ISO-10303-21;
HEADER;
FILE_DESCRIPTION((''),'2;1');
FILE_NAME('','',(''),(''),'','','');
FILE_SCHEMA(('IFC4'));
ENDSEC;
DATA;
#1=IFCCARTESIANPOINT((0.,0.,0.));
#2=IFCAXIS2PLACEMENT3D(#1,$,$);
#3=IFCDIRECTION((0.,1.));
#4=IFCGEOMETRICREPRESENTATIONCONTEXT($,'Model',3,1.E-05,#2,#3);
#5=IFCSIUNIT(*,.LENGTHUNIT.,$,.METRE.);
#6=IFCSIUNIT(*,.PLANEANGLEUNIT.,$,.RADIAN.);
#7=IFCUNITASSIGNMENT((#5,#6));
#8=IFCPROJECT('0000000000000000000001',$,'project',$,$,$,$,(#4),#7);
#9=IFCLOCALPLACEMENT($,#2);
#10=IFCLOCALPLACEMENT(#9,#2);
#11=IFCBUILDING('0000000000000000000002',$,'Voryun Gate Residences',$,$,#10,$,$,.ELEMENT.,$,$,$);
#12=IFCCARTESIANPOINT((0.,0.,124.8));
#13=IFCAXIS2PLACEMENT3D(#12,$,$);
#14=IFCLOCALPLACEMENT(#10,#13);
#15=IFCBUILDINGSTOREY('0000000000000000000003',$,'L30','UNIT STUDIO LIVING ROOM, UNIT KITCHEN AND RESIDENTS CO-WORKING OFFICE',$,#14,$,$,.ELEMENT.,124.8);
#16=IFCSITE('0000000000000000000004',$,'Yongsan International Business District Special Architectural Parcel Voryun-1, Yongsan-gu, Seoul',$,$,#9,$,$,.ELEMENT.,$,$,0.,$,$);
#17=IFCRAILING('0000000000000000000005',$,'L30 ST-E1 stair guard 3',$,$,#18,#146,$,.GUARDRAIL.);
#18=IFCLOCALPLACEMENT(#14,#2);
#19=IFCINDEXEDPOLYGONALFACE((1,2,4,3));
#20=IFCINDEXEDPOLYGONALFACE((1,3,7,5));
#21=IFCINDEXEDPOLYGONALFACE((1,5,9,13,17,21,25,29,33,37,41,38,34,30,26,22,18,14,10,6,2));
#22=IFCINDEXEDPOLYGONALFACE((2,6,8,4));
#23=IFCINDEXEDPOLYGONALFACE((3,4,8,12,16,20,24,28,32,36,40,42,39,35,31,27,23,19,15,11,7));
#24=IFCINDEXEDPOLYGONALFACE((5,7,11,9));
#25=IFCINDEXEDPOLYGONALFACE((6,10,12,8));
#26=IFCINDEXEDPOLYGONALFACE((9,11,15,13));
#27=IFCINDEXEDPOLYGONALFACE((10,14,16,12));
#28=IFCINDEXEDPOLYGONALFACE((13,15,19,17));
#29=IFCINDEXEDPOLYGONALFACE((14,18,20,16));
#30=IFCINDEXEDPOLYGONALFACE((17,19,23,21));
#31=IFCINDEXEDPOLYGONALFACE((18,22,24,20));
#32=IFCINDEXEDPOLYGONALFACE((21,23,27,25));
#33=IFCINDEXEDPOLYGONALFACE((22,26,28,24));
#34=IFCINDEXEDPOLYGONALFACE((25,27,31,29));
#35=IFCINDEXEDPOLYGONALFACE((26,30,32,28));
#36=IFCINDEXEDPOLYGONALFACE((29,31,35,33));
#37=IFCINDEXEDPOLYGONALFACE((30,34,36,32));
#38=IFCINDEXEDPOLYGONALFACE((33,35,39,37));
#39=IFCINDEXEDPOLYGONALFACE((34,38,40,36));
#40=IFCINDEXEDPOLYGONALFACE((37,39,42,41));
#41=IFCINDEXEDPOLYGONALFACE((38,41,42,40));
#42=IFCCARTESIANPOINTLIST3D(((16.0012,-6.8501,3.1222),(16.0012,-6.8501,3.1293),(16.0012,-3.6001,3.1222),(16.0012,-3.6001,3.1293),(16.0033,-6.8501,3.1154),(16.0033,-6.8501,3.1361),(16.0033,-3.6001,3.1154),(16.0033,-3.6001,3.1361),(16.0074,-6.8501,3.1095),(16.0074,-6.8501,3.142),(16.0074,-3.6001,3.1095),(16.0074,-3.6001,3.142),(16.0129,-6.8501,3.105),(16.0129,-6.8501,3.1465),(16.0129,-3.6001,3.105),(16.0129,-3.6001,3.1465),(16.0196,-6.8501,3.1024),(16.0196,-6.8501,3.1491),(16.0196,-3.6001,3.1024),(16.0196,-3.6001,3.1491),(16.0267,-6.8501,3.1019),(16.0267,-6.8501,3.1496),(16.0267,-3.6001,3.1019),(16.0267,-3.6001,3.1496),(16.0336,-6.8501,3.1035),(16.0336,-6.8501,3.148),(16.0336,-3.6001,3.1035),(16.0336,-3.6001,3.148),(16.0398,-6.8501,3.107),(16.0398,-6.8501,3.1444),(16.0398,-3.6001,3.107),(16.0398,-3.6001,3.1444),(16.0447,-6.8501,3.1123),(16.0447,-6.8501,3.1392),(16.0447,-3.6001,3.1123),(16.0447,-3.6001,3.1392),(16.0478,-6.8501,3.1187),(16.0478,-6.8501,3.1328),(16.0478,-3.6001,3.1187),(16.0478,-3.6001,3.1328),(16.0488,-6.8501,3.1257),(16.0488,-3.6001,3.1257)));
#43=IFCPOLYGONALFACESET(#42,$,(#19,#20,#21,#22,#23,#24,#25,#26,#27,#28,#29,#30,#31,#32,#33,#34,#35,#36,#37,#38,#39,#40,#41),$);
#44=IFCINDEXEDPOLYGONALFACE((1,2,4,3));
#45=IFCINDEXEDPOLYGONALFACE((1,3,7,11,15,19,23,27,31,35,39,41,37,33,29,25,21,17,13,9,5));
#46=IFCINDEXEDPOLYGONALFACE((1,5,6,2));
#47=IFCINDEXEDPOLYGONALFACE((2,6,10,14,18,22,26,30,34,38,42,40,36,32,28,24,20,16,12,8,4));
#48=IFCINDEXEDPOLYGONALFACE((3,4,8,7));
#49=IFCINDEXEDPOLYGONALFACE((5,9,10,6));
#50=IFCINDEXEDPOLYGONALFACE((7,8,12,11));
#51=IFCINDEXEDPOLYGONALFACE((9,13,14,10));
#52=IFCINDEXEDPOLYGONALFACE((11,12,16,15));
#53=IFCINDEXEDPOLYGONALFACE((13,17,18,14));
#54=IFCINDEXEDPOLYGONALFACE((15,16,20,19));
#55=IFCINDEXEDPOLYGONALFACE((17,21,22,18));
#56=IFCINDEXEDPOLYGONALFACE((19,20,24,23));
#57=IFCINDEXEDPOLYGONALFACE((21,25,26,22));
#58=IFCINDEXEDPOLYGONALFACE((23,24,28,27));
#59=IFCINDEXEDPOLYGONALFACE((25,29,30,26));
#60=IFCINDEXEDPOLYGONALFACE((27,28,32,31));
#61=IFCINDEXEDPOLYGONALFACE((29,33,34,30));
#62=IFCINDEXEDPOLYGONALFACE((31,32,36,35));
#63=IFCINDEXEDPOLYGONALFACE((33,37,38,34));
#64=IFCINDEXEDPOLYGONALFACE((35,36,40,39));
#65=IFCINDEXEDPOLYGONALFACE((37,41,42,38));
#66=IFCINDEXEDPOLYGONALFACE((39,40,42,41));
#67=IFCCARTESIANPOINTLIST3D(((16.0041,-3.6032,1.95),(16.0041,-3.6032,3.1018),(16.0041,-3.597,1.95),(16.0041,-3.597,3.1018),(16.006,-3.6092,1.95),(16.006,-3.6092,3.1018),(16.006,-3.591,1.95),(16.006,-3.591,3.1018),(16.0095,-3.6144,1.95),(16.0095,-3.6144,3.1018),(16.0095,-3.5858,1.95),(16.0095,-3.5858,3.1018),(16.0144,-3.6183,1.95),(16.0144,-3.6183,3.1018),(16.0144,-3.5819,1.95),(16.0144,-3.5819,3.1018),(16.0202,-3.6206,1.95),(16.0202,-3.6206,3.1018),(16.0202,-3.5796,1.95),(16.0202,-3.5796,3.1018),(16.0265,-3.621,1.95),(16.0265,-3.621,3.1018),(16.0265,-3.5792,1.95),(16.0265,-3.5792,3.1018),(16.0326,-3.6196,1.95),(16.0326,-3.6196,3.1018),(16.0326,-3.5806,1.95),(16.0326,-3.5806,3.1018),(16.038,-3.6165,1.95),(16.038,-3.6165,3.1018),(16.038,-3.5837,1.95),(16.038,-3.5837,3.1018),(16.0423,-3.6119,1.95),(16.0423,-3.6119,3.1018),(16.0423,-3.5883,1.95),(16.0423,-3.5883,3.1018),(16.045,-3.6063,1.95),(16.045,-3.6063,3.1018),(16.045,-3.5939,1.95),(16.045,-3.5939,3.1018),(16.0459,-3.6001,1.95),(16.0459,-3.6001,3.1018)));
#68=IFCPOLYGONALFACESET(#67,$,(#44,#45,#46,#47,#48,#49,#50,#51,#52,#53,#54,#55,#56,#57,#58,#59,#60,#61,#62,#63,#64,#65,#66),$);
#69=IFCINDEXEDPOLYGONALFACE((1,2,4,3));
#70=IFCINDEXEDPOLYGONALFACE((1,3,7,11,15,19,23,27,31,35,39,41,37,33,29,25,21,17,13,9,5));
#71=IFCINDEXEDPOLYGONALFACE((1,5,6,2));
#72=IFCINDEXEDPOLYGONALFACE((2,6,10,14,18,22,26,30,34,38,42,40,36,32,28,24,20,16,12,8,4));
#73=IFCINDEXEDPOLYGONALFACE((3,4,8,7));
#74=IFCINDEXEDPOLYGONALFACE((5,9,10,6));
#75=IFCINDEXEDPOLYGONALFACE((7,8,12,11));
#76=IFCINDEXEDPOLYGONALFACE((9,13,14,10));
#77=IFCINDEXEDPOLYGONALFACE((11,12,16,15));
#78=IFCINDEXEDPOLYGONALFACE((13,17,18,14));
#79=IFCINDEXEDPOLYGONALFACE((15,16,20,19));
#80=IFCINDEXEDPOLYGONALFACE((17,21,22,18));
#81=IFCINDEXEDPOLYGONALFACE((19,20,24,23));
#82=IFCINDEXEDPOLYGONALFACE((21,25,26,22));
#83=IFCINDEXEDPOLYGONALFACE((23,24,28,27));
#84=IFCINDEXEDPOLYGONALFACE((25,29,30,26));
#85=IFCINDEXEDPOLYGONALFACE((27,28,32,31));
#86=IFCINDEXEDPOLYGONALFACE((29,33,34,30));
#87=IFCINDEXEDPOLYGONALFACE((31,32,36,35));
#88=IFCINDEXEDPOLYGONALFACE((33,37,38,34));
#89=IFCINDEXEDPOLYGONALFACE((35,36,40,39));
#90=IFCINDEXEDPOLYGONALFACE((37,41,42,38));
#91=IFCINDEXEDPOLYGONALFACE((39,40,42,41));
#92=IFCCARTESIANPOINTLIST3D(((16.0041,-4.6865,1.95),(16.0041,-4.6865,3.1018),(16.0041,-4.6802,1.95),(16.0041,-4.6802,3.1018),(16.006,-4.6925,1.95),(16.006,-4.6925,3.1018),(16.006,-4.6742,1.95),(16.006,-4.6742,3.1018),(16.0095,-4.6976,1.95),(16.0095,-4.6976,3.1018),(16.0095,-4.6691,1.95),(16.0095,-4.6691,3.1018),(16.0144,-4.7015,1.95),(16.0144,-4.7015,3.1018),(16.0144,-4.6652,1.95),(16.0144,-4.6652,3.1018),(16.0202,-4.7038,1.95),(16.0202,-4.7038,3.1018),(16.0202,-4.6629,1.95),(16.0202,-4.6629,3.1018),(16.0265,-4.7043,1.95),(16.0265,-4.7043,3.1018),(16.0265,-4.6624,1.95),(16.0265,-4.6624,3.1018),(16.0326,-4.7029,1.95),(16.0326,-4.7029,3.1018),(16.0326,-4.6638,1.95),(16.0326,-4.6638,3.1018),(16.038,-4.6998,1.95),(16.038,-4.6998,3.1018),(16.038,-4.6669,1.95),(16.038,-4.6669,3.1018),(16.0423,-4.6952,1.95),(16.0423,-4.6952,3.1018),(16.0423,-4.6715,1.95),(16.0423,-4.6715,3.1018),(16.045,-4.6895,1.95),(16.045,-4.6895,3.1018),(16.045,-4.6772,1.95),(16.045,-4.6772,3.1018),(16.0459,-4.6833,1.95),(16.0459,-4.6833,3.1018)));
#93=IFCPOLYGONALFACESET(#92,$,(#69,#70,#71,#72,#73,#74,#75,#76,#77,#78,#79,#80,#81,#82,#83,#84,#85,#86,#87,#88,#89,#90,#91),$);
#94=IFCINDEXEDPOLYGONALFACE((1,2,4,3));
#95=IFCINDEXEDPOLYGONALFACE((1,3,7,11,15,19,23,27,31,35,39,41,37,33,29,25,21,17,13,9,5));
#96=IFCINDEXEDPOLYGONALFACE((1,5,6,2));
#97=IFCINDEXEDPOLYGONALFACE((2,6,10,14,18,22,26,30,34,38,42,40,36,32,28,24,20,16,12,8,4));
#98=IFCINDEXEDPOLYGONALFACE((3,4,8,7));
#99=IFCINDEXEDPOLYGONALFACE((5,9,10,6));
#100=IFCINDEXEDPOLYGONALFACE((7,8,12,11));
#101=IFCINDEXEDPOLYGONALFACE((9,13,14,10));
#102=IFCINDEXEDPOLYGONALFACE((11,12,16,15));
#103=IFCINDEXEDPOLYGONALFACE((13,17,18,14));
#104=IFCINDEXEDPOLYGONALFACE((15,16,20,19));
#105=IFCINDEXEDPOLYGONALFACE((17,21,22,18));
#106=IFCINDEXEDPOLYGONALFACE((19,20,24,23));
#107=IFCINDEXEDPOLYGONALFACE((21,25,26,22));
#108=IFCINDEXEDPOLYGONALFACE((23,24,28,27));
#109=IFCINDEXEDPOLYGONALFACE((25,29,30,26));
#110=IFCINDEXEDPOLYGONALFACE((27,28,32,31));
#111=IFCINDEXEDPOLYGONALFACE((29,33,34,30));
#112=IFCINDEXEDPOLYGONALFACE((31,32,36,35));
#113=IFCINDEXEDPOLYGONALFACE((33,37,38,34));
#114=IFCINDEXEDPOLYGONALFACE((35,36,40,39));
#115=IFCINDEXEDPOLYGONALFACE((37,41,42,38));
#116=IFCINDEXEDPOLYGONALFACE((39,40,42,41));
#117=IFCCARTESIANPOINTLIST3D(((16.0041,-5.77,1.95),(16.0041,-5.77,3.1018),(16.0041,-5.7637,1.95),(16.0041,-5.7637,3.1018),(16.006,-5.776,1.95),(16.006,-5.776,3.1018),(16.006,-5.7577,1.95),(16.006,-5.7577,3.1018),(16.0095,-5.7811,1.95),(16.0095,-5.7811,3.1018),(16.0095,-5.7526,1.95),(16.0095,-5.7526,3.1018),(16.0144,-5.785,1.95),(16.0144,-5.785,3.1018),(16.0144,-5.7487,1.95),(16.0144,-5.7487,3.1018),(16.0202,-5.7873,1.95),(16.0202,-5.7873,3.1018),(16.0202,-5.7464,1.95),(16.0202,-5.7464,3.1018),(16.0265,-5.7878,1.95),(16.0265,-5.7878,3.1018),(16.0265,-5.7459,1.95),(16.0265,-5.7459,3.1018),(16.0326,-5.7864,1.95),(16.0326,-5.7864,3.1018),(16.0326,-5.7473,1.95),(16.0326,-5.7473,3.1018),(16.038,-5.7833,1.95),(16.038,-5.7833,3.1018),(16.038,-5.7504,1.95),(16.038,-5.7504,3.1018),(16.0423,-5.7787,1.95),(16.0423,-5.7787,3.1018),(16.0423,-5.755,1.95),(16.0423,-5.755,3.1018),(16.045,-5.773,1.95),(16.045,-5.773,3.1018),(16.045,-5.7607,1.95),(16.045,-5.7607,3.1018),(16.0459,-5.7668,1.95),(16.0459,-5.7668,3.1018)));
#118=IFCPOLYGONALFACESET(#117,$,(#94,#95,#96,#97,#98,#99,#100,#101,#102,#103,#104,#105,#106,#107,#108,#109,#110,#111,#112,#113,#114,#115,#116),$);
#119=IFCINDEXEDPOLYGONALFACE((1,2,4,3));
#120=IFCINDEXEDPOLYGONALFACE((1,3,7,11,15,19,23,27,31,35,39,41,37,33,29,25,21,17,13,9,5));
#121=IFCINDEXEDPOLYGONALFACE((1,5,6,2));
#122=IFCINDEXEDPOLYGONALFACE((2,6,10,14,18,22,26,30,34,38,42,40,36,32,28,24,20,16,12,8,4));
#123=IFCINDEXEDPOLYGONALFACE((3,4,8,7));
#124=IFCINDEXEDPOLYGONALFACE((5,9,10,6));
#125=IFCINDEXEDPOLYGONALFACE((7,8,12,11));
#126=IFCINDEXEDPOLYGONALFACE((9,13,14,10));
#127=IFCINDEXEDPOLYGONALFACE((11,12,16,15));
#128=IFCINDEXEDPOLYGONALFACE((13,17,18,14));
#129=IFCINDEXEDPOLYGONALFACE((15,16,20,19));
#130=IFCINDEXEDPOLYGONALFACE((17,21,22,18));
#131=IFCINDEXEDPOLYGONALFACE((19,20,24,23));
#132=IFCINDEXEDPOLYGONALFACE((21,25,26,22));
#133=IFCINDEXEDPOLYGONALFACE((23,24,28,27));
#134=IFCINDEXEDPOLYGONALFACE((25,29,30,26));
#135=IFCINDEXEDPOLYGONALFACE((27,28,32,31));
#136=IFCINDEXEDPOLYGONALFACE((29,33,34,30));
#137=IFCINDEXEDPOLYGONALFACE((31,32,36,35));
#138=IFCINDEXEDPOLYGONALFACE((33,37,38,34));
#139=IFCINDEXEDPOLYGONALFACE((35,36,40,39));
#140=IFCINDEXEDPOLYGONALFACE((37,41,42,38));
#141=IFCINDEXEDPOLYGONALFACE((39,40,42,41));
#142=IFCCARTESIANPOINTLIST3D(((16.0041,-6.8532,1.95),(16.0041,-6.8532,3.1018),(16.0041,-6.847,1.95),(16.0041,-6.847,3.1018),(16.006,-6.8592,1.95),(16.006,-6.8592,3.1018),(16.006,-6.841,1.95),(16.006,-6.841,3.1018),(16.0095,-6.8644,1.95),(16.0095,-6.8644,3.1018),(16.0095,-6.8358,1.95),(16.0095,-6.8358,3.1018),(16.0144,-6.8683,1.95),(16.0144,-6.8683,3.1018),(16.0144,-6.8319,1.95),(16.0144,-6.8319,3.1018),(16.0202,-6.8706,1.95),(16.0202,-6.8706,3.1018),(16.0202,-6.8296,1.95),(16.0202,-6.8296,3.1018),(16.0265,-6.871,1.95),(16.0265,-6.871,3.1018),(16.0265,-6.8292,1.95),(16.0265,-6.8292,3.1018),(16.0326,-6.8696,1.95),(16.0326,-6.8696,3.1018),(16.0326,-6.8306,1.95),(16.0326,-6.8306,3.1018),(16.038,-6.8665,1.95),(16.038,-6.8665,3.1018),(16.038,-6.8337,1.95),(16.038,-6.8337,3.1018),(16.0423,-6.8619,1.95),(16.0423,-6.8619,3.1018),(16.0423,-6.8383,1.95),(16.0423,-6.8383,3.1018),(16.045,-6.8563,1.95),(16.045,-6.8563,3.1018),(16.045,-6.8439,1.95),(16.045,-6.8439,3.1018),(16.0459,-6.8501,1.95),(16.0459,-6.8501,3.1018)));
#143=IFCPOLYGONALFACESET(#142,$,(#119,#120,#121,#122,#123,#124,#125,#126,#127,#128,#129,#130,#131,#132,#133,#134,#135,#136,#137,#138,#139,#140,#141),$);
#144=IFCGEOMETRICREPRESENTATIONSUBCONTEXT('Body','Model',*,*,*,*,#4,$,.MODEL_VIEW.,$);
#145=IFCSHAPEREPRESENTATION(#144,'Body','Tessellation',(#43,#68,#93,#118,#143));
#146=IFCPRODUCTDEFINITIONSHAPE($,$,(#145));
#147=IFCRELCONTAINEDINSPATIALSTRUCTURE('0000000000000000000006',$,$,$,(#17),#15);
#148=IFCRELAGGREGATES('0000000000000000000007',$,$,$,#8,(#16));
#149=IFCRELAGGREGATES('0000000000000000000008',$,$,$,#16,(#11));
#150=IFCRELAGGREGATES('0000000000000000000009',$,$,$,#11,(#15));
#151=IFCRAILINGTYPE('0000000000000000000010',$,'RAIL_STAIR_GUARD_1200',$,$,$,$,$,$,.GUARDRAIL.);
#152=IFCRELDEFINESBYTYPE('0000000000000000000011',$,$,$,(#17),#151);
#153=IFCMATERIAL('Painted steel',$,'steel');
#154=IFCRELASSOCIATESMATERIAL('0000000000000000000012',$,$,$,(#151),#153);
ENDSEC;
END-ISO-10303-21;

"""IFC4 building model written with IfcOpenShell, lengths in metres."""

from ifc_helpers import new_model, si_unit, direction, frame, origin, origin_2d, place, context, subcontext, project, spatial, circle, extrude, material, type_object, element, save


model = new_model("IFC4")

# Units and contexts
model_context = context("Model", 3, precision=1e-05, world=origin(), true_north=direction((0.0, 1.0)))
body_context = subcontext(model_context, "Body", "Model", "MODEL_VIEW")
ifc_project = project(units=[si_unit("LENGTHUNIT", "METRE"), si_unit("PLANEANGLEUNIT", "RADIAN")], contexts=[model_context])

# Site, building, storey
site_placement = place(None, origin())
site = spatial("IfcSite", under=ifc_project, at=site_placement, Name="Yongsan International Business District Special Architectural Parcel Voryun-1, Yongsan-gu, Seoul", CompositionType="ELEMENT", RefElevation=0.0)
building_placement = place(site_placement, origin())
building = spatial("IfcBuilding", under=site, at=building_placement, Name="Voryun Gate Residences", CompositionType="ELEMENT")
storey_placement = place(building_placement, frame((0.0, 0.0, 124.8)))
storey = spatial("IfcBuildingStorey", under=building, at=storey_placement, Name="L30", Description="UNIT STUDIO LIVING ROOM, UNIT KITCHEN AND RESIDENTS CO-WORKING OFFICE", CompositionType="ELEMENT", Elevation=124.8)

# Railing
ifc_material_1 = material(Name="Painted steel", Category="steel")
railing_type_1 = type_object("IfcRailingType", Name="RAIL_STAIR_GUARD_1200", PredefinedType="GUARDRAIL", material=ifc_material_1)
railing_1_placement = place(storey_placement, frame((16.0249, -3.6001, 1.95)))
element("IfcRailing", 1, at=railing_1_placement, inside=storey, type_object=railing_type_1, Name="L30 ST-E1 stair guard 3", PredefinedType="GUARDRAIL", context=body_context, shape_type="SweptSolid", body=[
    extrude(circle(Radius=0.0239, at=origin_2d()), frame((0.0, 0.0, 1.1758), z_axis=(0.0, -1.0, 0.0), x_axis=(1.0, 0.0, 0.0)), (0.0, 0.0, 1.0), 3.25),
    extrude(circle(Radius=0.021, at=origin_2d()), origin(), (0.0, 0.0, 1.0), 1.1519),
    extrude(circle(Radius=0.021, at=origin_2d()), frame((0.0, -1.0833, 0.0)), (0.0, 0.0, 1.0), 1.1519),
    extrude(circle(Radius=0.021, at=origin_2d()), frame((0.0, -2.1667, 0.0)), (0.0, 0.0, 1.0), 1.1519),
    extrude(circle(Radius=0.021, at=origin_2d()), frame((0.0, -3.25, 0.0)), (0.0, 0.0, 1.0), 1.1519),
])

save(model, "model.ifc")
